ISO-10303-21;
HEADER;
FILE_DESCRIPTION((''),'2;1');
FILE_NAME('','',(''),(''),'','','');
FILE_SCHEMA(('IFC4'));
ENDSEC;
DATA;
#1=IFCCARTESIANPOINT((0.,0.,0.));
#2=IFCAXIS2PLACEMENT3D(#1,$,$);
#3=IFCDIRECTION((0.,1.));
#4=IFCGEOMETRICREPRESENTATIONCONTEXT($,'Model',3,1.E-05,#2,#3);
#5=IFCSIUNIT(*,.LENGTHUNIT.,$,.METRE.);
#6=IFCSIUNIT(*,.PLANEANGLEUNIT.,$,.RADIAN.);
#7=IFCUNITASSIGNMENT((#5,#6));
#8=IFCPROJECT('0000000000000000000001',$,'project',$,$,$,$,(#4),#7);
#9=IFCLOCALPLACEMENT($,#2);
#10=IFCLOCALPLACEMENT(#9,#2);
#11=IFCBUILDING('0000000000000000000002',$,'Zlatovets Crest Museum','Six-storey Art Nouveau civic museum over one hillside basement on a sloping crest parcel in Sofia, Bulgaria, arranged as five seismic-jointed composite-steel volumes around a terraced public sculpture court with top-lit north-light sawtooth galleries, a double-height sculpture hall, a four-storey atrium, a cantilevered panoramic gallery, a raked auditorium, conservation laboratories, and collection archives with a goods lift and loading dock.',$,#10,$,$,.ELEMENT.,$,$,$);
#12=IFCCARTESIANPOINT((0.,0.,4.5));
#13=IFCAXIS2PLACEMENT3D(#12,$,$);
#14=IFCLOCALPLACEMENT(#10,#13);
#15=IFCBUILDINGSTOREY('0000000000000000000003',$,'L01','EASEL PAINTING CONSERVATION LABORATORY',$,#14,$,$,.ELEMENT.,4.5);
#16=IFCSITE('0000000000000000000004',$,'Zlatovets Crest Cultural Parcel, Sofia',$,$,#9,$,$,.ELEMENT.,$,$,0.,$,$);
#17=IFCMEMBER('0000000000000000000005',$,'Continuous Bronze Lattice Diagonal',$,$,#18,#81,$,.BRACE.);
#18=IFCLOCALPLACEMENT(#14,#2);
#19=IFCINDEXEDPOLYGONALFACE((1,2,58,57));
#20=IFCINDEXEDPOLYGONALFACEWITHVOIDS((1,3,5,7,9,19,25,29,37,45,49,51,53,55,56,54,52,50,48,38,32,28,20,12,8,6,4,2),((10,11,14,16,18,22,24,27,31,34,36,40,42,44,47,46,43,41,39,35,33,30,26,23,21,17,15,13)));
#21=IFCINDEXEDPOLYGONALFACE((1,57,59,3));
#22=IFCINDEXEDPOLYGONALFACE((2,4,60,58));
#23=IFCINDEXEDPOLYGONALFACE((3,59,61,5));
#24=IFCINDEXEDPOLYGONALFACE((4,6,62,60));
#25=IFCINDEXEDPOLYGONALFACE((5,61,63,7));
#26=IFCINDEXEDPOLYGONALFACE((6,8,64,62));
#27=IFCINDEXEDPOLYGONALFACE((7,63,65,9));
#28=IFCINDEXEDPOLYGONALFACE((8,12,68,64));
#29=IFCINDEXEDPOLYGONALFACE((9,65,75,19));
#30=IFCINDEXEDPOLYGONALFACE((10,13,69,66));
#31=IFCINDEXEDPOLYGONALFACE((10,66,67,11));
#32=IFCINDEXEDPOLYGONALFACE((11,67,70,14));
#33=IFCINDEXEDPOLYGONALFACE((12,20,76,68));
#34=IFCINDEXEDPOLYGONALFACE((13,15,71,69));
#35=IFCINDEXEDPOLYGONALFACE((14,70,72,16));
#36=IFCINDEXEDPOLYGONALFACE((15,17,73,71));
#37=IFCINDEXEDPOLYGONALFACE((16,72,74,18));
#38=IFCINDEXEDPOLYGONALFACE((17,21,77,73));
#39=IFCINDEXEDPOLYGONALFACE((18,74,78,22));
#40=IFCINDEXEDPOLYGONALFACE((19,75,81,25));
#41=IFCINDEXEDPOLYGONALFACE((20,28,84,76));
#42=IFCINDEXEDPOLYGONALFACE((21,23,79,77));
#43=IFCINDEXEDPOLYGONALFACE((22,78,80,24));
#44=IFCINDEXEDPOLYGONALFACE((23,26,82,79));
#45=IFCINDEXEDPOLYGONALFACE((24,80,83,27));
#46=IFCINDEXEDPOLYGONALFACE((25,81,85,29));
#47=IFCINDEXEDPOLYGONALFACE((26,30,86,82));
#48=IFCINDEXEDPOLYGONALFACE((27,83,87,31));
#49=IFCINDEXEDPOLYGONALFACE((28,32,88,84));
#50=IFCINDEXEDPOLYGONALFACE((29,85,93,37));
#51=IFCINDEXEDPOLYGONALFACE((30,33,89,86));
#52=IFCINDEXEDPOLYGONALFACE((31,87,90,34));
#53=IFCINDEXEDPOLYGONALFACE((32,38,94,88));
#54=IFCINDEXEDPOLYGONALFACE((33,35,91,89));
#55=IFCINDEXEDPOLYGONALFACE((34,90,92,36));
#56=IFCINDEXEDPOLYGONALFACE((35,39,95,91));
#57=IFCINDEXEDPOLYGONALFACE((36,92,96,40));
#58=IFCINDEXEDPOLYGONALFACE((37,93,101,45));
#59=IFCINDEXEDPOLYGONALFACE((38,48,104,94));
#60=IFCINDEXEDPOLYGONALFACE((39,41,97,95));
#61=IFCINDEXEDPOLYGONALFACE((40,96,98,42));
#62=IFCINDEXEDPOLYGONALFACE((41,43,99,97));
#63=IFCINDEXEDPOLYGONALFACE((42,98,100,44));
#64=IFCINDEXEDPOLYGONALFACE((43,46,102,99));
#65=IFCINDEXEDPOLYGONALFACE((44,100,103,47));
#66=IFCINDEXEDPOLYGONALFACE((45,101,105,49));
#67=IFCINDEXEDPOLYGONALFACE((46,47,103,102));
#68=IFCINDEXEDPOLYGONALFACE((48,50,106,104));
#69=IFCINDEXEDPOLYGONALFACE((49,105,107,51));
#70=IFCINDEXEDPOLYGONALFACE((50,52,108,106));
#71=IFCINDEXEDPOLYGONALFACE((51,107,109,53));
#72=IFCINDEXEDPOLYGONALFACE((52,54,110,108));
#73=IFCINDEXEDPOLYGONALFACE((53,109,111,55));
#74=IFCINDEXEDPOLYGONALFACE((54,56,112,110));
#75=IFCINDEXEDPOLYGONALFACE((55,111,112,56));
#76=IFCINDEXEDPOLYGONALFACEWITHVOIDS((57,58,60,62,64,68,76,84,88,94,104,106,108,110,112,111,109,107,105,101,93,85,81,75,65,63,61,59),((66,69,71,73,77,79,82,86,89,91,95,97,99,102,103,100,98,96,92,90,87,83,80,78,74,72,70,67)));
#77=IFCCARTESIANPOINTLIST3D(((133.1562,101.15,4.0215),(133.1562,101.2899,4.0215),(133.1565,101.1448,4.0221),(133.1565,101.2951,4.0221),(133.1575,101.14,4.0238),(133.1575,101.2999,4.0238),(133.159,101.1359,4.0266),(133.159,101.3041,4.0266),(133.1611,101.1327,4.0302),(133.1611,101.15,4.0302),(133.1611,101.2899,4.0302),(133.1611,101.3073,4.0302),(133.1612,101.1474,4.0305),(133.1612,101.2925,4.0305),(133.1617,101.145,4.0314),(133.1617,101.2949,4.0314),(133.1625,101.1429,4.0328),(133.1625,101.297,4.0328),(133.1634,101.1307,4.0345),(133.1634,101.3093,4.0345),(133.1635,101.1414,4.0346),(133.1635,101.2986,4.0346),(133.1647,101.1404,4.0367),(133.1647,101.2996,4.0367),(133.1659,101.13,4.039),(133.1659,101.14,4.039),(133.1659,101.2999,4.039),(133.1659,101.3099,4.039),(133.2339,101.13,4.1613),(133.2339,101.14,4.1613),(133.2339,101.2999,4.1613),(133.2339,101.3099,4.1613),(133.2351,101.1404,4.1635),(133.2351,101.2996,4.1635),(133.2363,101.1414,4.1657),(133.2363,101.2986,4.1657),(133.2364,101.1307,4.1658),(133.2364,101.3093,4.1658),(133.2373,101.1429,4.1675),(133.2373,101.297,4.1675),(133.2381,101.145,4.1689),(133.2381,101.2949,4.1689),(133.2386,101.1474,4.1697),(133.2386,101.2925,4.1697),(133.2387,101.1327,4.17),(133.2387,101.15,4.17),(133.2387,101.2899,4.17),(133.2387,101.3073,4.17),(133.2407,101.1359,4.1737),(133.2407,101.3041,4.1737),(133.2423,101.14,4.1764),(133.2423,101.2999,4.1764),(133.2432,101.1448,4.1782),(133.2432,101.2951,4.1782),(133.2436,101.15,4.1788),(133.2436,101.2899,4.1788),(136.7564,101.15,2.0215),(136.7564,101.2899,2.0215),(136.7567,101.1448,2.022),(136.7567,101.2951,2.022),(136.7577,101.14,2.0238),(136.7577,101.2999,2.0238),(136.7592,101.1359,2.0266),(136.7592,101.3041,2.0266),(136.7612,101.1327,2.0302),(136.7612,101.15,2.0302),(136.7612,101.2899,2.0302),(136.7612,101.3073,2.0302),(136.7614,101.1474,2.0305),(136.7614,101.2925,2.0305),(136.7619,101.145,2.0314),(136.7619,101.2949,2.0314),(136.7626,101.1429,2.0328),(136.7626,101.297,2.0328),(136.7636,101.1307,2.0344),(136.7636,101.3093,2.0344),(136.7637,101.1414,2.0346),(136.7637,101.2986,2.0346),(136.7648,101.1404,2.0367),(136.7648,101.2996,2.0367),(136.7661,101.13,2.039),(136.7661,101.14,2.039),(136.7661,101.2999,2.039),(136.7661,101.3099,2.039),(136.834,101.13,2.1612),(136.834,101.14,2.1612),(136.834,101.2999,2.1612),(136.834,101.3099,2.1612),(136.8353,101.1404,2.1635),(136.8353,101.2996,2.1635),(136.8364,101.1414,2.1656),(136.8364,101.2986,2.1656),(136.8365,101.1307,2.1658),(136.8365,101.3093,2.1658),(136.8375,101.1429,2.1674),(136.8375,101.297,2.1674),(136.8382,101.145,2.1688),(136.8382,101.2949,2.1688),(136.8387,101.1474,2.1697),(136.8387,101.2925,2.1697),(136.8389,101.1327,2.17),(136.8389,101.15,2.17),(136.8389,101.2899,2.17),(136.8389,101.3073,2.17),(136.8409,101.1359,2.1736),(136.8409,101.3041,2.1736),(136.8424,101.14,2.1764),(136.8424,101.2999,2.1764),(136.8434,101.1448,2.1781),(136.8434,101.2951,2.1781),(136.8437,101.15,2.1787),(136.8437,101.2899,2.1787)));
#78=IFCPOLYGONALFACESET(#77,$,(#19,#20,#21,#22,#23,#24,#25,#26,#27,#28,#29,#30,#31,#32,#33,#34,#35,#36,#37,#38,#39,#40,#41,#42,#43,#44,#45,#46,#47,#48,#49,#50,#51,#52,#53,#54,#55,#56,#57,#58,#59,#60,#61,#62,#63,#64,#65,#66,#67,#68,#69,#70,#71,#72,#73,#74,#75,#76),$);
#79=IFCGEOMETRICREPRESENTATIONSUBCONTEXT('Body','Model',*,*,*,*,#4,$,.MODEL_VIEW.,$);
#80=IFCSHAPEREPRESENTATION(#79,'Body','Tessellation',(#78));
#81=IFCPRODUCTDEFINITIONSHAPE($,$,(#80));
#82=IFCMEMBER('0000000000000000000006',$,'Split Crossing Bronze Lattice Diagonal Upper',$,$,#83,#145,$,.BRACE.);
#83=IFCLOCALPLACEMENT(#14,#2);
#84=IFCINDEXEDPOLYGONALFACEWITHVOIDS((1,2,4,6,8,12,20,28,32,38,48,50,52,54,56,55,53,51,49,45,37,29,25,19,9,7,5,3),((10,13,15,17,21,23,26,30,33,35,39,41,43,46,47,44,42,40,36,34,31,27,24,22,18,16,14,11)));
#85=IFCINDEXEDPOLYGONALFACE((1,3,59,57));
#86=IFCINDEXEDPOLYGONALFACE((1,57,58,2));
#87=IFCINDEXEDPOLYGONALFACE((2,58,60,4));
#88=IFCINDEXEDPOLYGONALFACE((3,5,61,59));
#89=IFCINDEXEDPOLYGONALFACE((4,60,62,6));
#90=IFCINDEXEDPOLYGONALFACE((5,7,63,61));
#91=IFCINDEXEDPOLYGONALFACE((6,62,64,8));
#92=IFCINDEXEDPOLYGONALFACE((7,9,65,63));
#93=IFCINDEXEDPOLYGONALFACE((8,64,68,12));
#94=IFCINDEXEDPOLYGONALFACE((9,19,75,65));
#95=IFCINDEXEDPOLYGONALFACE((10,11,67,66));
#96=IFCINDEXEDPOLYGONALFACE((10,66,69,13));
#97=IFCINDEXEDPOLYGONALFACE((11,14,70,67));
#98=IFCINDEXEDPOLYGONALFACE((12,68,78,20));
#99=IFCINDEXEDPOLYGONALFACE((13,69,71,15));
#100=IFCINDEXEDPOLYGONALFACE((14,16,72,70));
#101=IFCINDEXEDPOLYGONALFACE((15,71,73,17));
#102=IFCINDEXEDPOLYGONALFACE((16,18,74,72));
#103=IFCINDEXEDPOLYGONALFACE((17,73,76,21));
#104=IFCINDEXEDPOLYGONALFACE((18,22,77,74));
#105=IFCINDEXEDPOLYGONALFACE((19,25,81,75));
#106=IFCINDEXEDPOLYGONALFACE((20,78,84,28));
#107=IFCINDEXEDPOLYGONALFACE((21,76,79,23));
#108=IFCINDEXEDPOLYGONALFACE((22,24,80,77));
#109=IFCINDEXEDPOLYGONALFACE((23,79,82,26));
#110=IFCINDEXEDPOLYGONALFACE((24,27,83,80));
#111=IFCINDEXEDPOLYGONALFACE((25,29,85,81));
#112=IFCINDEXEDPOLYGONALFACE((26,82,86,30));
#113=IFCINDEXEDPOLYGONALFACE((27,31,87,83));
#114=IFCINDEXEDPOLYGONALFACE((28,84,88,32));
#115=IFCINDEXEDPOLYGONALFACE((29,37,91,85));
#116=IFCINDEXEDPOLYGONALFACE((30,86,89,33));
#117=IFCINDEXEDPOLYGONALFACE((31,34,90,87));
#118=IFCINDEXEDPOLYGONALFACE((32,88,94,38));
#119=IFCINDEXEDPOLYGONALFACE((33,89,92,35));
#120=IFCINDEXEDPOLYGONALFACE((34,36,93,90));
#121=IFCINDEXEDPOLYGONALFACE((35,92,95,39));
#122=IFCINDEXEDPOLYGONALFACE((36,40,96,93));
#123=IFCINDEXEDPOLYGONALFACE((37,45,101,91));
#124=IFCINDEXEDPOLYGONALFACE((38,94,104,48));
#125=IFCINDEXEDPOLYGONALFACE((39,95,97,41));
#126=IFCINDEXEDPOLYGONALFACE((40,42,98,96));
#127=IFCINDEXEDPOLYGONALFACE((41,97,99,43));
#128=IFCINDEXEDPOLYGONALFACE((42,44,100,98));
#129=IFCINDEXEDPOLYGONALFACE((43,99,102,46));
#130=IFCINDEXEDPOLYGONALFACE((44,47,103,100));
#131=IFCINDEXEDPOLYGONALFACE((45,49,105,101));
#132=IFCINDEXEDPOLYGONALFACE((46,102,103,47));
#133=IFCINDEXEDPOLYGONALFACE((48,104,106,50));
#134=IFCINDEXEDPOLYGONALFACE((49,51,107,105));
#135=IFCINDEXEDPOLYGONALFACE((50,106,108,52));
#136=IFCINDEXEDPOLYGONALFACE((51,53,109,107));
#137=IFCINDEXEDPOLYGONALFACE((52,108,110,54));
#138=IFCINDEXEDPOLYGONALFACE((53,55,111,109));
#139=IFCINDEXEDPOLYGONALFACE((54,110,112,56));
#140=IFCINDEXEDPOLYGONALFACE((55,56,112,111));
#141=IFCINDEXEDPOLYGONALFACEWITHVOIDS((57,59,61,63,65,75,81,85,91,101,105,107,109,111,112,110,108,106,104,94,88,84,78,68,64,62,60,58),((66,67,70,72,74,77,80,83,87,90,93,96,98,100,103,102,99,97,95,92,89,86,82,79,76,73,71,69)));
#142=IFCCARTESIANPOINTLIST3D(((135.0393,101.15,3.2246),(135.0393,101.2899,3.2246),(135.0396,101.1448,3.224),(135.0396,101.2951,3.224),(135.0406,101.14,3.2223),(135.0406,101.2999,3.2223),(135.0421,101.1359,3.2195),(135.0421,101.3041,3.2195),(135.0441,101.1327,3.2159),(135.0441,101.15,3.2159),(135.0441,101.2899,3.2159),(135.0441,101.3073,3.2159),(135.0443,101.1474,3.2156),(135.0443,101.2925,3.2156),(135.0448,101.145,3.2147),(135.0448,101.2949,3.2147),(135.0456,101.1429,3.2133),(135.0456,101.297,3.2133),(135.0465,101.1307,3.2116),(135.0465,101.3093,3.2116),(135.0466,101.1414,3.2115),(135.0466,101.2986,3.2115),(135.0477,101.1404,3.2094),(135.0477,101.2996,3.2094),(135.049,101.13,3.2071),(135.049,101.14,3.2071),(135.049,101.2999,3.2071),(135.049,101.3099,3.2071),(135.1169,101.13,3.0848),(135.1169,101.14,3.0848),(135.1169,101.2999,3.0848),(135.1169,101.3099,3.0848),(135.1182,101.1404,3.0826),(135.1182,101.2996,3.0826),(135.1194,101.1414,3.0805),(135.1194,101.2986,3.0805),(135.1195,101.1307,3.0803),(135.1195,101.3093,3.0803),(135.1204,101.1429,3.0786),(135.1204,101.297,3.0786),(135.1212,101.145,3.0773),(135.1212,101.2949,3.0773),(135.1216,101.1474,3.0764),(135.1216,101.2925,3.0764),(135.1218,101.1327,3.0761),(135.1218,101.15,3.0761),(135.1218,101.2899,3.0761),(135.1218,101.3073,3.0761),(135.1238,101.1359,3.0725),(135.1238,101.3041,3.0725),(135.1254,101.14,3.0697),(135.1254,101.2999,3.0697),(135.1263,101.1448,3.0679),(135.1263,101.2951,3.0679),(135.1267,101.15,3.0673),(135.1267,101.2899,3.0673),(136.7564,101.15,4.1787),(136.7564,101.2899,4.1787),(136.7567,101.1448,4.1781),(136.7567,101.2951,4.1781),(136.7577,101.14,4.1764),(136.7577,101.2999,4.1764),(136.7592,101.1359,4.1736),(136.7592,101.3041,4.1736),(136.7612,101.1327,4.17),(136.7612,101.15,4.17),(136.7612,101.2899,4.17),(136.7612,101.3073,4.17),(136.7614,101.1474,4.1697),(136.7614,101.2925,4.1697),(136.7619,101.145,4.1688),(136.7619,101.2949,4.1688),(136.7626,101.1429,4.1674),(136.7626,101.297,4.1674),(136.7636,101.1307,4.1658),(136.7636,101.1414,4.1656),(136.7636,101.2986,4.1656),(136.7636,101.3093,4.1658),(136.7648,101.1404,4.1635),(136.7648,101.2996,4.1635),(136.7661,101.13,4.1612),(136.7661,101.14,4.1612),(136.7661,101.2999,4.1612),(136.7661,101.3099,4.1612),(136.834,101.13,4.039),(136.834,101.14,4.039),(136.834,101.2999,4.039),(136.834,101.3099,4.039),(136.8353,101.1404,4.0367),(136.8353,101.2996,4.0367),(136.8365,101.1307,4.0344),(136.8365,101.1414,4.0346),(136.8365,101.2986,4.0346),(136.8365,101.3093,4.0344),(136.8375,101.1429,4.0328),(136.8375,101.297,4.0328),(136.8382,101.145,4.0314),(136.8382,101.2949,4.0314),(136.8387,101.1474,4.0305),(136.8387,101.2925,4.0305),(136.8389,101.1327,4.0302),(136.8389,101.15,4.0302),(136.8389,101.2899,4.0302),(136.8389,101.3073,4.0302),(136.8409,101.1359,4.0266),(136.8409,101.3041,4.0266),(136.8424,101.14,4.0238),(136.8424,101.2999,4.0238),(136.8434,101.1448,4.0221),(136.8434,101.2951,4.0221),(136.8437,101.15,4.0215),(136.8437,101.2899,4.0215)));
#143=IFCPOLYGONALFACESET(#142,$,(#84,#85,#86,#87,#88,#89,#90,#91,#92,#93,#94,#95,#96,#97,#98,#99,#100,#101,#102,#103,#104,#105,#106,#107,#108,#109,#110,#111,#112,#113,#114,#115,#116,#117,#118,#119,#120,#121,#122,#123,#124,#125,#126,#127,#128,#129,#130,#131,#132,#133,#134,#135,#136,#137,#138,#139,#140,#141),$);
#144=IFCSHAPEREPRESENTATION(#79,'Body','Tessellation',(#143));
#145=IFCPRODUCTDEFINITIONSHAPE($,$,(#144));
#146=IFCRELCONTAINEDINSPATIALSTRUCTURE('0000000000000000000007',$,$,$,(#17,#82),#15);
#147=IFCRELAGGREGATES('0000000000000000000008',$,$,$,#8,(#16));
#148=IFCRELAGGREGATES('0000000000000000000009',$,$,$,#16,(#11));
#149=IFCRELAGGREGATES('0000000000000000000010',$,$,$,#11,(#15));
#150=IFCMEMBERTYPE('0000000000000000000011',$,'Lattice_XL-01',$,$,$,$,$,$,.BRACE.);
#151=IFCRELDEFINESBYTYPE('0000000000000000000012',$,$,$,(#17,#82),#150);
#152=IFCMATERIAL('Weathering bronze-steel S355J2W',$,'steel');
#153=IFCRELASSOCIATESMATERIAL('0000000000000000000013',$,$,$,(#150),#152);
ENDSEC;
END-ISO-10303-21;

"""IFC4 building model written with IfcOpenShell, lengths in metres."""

from ifc_helpers import new_model, si_unit, direction, frame, origin, origin_2d, place, context, subcontext, project, spatial, hollow_rectangle, extrude, material, material_profile, profile_set, type_object, element, save


model = new_model("IFC4")

# Units and contexts
model_context = context("Model", 3, precision=1e-05, world=origin(), true_north=direction((0.0, 1.0)))
body_context = subcontext(model_context, "Body", "Model", "MODEL_VIEW")
ifc_project = project(units=[si_unit("LENGTHUNIT", "METRE"), si_unit("PLANEANGLEUNIT", "RADIAN")], contexts=[model_context])

# Site, building, storey
site_placement = place(None, origin())
site = spatial("IfcSite", under=ifc_project, at=site_placement, Name="Zlatovets Crest Cultural Parcel, Sofia", CompositionType="ELEMENT", RefElevation=0.0)
building_placement = place(site_placement, origin())
building = spatial("IfcBuilding", under=site, at=building_placement, Name="Zlatovets Crest Museum", Description="Six-storey Art Nouveau civic museum over one hillside basement on a sloping crest parcel in Sofia, Bulgaria, arranged as five seismic-jointed composite-steel volumes around a terraced public sculpture court with top-lit north-light sawtooth galleries, a double-height sculpture hall, a four-storey atrium, a cantilevered panoramic gallery, a raked auditorium, conservation laboratories, and collection archives with a goods lift and loading dock.", CompositionType="ELEMENT")
storey_placement = place(building_placement, frame((0.0, 0.0, 4.5)))
storey = spatial("IfcBuildingStorey", under=building, at=storey_placement, Name="L01", Description="EASEL PAINTING CONSERVATION LABORATORY", CompositionType="ELEMENT", Elevation=4.5)

# Members
ifc_material_1 = material(Name="Weathering bronze-steel S355J2W", Category="steel")
ifc_material_profile_1 = material_profile(ifc_material_1, hollow_rectangle(XDim=0.1799, YDim=0.1799, WallThickness=0.01, InnerFilletRadius=0.01, OuterFilletRadius=0.02, at=origin_2d()), Name="SHS 180x180x10.0")
ifc_profile_set_1 = profile_set([ifc_material_profile_1], Name="Weathering bronze-steel S355J2W")
member_type_1 = type_object("IfcMemberType", Name="Lattice_XL-01", PredefinedType="BRACE", material=ifc_profile_set_1)
member_1_placement = place(storey_placement, frame((136.8, 101.22, 2.1001), z_axis=(-0.874163, 0.0, 0.485633), x_axis=(0.0, -1.0, 0.0)))
element("IfcMember", 1, at=member_1_placement, inside=storey, type_object=member_type_1, Name="Continuous Bronze Lattice Diagonal", PredefinedType="BRACE", context=body_context, shape_type="SweptSolid", body=[
    extrude(hollow_rectangle(XDim=0.1799, YDim=0.1799, WallThickness=0.01, InnerFilletRadius=0.01, OuterFilletRadius=0.02, at=origin_2d()), origin(), (0.0, 0.0, 1.0), 4.1184),
])
member_2_placement = place(storey_placement, frame((136.8, 101.22, 4.1001), z_axis=(-0.874116, 0.0, -0.485717), x_axis=(0.0, -1.0, 0.0)))
element("IfcMember", 2, at=member_2_placement, inside=storey, type_object=member_type_1, Name="Split Crossing Bronze Lattice Diagonal Upper", PredefinedType="BRACE", context=body_context, shape_type="SweptSolid", body=[
    extrude(hollow_rectangle(XDim=0.1799, YDim=0.1799, WallThickness=0.01, InnerFilletRadius=0.01, OuterFilletRadius=0.02, at=origin_2d()), origin(), (0.0, 0.0, 1.0), 1.9644),
])

save(model, "model.ifc")
